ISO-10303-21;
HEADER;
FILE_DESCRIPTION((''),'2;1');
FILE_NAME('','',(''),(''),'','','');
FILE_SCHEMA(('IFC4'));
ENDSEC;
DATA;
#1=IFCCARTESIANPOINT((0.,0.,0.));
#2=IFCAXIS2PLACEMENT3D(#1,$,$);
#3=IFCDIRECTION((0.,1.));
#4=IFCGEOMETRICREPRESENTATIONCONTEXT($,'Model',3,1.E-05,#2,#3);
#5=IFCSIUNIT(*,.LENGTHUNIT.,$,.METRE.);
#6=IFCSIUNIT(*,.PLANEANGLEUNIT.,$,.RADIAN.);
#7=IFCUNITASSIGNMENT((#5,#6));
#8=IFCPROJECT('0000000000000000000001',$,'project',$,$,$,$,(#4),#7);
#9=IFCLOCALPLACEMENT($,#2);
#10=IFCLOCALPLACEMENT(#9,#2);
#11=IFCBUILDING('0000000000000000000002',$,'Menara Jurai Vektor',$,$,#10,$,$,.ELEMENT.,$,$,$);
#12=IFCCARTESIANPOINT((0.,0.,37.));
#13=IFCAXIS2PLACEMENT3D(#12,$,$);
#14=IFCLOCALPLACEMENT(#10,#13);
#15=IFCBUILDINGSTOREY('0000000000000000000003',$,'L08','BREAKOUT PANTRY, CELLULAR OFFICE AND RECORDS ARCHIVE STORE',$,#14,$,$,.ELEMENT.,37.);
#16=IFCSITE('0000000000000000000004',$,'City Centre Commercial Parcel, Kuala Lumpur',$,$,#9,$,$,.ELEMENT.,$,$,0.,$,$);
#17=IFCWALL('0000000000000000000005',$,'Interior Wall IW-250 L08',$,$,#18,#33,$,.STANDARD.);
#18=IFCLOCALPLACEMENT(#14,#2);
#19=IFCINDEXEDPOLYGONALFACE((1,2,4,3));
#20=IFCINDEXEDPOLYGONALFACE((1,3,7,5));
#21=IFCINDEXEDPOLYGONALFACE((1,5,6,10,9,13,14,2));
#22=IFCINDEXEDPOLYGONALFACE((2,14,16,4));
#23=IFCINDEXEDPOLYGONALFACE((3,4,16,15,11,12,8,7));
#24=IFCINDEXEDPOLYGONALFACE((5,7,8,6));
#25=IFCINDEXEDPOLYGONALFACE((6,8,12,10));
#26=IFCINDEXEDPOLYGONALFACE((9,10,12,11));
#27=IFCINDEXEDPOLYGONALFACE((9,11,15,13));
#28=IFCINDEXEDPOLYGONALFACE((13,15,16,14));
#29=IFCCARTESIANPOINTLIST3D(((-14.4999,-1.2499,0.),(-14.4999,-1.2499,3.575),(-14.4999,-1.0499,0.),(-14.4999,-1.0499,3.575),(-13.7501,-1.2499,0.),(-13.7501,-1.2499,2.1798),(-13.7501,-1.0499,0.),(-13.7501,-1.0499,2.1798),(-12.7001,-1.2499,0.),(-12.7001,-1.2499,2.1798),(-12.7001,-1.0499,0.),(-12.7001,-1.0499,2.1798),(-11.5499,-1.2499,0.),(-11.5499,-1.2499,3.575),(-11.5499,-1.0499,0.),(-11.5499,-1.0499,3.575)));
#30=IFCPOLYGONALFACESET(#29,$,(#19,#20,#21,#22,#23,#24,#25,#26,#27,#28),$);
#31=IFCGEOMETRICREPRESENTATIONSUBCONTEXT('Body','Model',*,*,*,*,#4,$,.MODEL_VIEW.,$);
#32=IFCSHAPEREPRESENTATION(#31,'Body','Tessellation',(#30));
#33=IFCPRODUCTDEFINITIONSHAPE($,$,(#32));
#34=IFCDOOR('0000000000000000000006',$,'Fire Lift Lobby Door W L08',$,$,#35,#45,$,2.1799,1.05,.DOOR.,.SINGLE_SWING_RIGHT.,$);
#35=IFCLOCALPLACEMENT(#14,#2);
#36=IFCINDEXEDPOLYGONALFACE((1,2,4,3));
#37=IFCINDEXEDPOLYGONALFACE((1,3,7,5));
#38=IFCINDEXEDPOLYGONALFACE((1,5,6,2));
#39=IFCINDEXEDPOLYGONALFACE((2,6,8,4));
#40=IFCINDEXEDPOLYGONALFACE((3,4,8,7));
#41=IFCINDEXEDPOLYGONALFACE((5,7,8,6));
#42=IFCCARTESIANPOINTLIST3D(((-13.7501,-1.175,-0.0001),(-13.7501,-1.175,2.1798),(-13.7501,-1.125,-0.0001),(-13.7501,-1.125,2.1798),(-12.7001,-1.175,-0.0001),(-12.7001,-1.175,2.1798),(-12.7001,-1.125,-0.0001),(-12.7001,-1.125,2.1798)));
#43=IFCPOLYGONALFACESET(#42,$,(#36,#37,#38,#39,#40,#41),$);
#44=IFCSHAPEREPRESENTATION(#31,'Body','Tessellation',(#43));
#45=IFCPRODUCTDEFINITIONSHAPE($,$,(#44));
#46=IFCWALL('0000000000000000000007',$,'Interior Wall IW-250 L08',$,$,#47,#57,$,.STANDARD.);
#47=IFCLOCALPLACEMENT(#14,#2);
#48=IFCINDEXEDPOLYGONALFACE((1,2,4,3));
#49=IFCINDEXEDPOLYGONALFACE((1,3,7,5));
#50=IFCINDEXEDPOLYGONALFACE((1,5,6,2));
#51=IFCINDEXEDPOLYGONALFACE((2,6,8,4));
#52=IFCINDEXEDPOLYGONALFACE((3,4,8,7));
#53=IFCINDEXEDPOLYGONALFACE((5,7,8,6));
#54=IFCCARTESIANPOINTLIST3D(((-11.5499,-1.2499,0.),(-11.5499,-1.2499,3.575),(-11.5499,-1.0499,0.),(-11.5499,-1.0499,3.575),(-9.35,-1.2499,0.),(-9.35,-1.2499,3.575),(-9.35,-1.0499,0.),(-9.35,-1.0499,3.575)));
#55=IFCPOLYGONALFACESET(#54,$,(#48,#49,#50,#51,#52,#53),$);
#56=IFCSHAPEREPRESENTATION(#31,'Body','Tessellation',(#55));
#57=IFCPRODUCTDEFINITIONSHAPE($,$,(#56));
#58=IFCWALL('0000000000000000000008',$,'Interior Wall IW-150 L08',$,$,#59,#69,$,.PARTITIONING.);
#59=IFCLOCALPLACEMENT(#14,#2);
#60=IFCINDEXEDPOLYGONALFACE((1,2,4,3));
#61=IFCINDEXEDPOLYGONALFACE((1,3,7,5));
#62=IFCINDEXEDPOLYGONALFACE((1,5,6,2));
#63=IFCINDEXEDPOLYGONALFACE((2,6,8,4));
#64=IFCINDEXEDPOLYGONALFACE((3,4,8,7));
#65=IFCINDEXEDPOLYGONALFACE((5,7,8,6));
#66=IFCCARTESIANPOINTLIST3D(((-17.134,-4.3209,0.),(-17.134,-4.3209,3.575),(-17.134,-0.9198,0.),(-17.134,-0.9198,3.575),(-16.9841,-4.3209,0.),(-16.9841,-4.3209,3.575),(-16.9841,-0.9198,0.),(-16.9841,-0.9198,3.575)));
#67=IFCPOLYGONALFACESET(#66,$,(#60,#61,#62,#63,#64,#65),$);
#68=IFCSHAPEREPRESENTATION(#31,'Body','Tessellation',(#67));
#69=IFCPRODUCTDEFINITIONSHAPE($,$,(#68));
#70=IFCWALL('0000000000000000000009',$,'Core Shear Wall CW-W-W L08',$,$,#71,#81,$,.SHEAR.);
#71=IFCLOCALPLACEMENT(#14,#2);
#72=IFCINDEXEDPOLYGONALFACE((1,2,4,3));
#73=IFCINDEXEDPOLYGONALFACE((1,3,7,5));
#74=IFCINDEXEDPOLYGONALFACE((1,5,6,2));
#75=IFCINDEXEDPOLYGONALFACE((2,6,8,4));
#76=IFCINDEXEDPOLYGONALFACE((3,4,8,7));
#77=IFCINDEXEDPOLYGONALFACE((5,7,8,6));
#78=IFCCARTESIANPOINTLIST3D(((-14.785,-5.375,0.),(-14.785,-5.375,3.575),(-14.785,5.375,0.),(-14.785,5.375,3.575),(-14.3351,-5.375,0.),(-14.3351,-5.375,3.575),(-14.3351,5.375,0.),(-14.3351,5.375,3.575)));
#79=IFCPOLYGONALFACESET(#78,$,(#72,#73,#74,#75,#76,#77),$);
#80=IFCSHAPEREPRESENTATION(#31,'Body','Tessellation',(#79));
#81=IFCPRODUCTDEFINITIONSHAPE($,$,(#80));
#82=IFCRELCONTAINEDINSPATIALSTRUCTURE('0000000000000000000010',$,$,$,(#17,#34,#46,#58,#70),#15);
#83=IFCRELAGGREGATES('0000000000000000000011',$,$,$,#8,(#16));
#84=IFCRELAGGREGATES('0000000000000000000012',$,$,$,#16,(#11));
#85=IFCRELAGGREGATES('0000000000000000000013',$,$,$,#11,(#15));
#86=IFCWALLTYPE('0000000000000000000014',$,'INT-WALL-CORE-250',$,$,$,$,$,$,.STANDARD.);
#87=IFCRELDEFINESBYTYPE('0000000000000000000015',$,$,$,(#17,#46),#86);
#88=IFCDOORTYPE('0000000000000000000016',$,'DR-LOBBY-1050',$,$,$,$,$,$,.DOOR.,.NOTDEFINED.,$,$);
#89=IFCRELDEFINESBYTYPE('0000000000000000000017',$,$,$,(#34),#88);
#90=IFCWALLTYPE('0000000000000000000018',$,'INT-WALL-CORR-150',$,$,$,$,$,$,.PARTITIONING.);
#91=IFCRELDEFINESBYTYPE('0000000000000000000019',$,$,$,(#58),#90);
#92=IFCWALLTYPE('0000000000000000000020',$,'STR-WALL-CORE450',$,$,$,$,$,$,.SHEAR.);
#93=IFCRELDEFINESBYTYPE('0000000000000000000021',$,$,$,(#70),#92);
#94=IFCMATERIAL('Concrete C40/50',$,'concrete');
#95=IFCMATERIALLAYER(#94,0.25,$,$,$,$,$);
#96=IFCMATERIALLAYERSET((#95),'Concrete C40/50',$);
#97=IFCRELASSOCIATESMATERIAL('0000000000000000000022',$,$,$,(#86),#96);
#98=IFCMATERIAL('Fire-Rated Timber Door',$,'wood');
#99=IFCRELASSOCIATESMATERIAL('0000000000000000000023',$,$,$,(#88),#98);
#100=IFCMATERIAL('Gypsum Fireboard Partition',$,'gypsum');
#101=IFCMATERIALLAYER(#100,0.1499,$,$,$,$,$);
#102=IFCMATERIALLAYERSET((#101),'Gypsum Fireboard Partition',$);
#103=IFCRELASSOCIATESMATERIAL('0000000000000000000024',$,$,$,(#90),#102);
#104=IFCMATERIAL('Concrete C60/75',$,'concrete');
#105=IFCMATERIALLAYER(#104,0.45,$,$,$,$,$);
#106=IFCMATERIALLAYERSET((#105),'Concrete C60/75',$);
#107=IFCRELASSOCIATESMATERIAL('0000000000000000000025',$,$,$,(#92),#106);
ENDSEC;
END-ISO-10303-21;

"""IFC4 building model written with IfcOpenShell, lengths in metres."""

from ifc_helpers import new_model, si_unit, direction, frame, frame_2d, origin, place, context, subcontext, project, spatial, rectangle, extrude, material, layer, layer_set, type_object, element, fill, save


model = new_model("IFC4")

# Units and contexts
model_context = context("Model", 3, precision=1e-05, world=origin(), true_north=direction((0.0, 1.0)))
body_context = subcontext(model_context, "Body", "Model", "MODEL_VIEW")
ifc_project = project(units=[si_unit("LENGTHUNIT", "METRE"), si_unit("PLANEANGLEUNIT", "RADIAN")], contexts=[model_context])

# Site, building, storey
site_placement = place(None, origin())
site = spatial("IfcSite", under=ifc_project, at=site_placement, Name="City Centre Commercial Parcel, Kuala Lumpur", CompositionType="ELEMENT", RefElevation=0.0)
building_placement = place(site_placement, origin())
building = spatial("IfcBuilding", under=site, at=building_placement, Name="Menara Jurai Vektor", CompositionType="ELEMENT")
storey_placement = place(building_placement, frame((0.0, 0.0, 37.0)))
storey = spatial("IfcBuildingStorey", under=building, at=storey_placement, Name="L08", Description="BREAKOUT PANTRY, CELLULAR OFFICE AND RECORDS ARCHIVE STORE", CompositionType="ELEMENT", Elevation=37.0)

# Shared definitions
ifc_material_1 = material(Name="Concrete C60/75", Category="concrete")

# Shared definitions
ifc_material_2 = material(Name="Concrete C40/50", Category="concrete")
ifc_layer_1 = layer(ifc_material_2, 0.25)
ifc_layer_set_1 = layer_set([ifc_layer_1], Name="Concrete C40/50")
wall_type_1 = type_object("IfcWallType", Name="INT-WALL-CORE-250", PredefinedType="STANDARD", material=ifc_layer_set_1)

# Wall, opening, door
wall_1_placement = place(storey_placement, frame((-14.5, -1.1499, 0.0), z_axis=(0.0, 0.0, 1.0), x_axis=(1.0, 0.0, 0.0)))
wall_1 = element("IfcWall", 1, at=wall_1_placement, inside=storey, type_object=wall_type_1, Name="Interior Wall IW-250 L08", PredefinedType="STANDARD", context=body_context, shape_type="SweptSolid", body=[
    extrude(rectangle(XDim=2.95, YDim=0.2, at=frame_2d((1.4751, 0.0))), origin(), (0.0, 0.0, 1.0), 3.575),
])
opening_1_placement = place(wall_1_placement, frame((0.75, 0.0, 0.0)))
opening_1 = element("IfcOpeningElement", 2, at=opening_1_placement, cuts=wall_1, PredefinedType="OPENING", context=body_context, shape_type="SweptSolid", body=[
    extrude(rectangle(XDim=1.05, YDim=2.1799, at=frame_2d((0.5249, 1.0898))), frame((0.0, 0.1099, 0.0), z_axis=(0.0, -1.0, 0.0), x_axis=(1.0, 0.0, 0.0)), (0.0, 0.0, 1.0), 0.22),
])
ifc_material_3 = material(Name="Fire-Rated Timber Door", Category="wood")
door_type_1 = type_object("IfcDoorType", Name="DR-LOBBY-1050", OperationType="NOTDEFINED", PredefinedType="DOOR", material=ifc_material_3)
door_1_placement = place(opening_1_placement, origin())
door_1 = element("IfcDoor", 3, at=door_1_placement, inside=storey, type_object=door_type_1, Name="Fire Lift Lobby Door W L08", OperationType="SINGLE_SWING_RIGHT", OverallHeight=2.1799, OverallWidth=1.05, PredefinedType="DOOR", context=body_context, shape_type="SweptSolid", body=[
    extrude(rectangle(XDim=1.05, YDim=2.1799, at=frame_2d((0.5249, 1.0898))), frame((0.0, 0.0249, 0.0), z_axis=(0.0, -1.0, 0.0), x_axis=(1.0, 0.0, 0.0)), (0.0, 0.0, 1.0), 0.05),
])
fill(opening_1, door_1)

# Walls
wall_2_placement = place(storey_placement, frame((-11.55, -1.1499, 0.0), z_axis=(0.0, 0.0, 1.0), x_axis=(1.0, 0.0, 0.0)))
element("IfcWall", 4, at=wall_2_placement, inside=storey, type_object=wall_type_1, Name="Interior Wall IW-250 L08", PredefinedType="STANDARD", context=body_context, shape_type="SweptSolid", body=[
    extrude(rectangle(XDim=2.2, YDim=0.2, at=frame_2d((1.1001, 0.0))), origin(), (0.0, 0.0, 1.0), 3.575),
])
ifc_material_4 = material(Name="Gypsum Fireboard Partition", Category="gypsum")
ifc_layer_2 = layer(ifc_material_4, 0.1499)
ifc_layer_set_2 = layer_set([ifc_layer_2], Name="Gypsum Fireboard Partition")
wall_type_2 = type_object("IfcWallType", Name="INT-WALL-CORR-150", PredefinedType="PARTITIONING", material=ifc_layer_set_2)
wall_3_placement = place(storey_placement, frame((-17.0591, -4.321, 0.0), z_axis=(0.0, 0.0, 1.0), x_axis=(0.0, 1.0, 0.0)))
element("IfcWall", 5, at=wall_3_placement, inside=storey, type_object=wall_type_2, Name="Interior Wall IW-150 L08", PredefinedType="PARTITIONING", context=body_context, shape_type="SweptSolid", body=[
    extrude(rectangle(XDim=3.4011, YDim=0.1499, at=frame_2d((1.7007, 0.0))), origin(), (0.0, 0.0, 1.0), 3.575),
])

# Wall
ifc_layer_3 = layer(ifc_material_1, 0.45)
ifc_layer_set_3 = layer_set([ifc_layer_3], Name="Concrete C60/75")
wall_type_3 = type_object("IfcWallType", Name="STR-WALL-CORE450", PredefinedType="SHEAR", material=ifc_layer_set_3)
wall_4_placement = place(storey_placement, frame((-14.5601, -5.375, 0.0), z_axis=(0.0, 0.0, 1.0), x_axis=(0.0, 1.0, 0.0)))
element("IfcWall", 6, at=wall_4_placement, inside=storey, type_object=wall_type_3, Name="Core Shear Wall CW-W-W L08", PredefinedType="SHEAR", context=body_context, shape_type="SweptSolid", body=[
    extrude(rectangle(XDim=10.75, YDim=0.45, at=frame_2d((5.375, 0.0))), origin(), (0.0, 0.0, 1.0), 3.575),
])

save(model, "model.ifc")
